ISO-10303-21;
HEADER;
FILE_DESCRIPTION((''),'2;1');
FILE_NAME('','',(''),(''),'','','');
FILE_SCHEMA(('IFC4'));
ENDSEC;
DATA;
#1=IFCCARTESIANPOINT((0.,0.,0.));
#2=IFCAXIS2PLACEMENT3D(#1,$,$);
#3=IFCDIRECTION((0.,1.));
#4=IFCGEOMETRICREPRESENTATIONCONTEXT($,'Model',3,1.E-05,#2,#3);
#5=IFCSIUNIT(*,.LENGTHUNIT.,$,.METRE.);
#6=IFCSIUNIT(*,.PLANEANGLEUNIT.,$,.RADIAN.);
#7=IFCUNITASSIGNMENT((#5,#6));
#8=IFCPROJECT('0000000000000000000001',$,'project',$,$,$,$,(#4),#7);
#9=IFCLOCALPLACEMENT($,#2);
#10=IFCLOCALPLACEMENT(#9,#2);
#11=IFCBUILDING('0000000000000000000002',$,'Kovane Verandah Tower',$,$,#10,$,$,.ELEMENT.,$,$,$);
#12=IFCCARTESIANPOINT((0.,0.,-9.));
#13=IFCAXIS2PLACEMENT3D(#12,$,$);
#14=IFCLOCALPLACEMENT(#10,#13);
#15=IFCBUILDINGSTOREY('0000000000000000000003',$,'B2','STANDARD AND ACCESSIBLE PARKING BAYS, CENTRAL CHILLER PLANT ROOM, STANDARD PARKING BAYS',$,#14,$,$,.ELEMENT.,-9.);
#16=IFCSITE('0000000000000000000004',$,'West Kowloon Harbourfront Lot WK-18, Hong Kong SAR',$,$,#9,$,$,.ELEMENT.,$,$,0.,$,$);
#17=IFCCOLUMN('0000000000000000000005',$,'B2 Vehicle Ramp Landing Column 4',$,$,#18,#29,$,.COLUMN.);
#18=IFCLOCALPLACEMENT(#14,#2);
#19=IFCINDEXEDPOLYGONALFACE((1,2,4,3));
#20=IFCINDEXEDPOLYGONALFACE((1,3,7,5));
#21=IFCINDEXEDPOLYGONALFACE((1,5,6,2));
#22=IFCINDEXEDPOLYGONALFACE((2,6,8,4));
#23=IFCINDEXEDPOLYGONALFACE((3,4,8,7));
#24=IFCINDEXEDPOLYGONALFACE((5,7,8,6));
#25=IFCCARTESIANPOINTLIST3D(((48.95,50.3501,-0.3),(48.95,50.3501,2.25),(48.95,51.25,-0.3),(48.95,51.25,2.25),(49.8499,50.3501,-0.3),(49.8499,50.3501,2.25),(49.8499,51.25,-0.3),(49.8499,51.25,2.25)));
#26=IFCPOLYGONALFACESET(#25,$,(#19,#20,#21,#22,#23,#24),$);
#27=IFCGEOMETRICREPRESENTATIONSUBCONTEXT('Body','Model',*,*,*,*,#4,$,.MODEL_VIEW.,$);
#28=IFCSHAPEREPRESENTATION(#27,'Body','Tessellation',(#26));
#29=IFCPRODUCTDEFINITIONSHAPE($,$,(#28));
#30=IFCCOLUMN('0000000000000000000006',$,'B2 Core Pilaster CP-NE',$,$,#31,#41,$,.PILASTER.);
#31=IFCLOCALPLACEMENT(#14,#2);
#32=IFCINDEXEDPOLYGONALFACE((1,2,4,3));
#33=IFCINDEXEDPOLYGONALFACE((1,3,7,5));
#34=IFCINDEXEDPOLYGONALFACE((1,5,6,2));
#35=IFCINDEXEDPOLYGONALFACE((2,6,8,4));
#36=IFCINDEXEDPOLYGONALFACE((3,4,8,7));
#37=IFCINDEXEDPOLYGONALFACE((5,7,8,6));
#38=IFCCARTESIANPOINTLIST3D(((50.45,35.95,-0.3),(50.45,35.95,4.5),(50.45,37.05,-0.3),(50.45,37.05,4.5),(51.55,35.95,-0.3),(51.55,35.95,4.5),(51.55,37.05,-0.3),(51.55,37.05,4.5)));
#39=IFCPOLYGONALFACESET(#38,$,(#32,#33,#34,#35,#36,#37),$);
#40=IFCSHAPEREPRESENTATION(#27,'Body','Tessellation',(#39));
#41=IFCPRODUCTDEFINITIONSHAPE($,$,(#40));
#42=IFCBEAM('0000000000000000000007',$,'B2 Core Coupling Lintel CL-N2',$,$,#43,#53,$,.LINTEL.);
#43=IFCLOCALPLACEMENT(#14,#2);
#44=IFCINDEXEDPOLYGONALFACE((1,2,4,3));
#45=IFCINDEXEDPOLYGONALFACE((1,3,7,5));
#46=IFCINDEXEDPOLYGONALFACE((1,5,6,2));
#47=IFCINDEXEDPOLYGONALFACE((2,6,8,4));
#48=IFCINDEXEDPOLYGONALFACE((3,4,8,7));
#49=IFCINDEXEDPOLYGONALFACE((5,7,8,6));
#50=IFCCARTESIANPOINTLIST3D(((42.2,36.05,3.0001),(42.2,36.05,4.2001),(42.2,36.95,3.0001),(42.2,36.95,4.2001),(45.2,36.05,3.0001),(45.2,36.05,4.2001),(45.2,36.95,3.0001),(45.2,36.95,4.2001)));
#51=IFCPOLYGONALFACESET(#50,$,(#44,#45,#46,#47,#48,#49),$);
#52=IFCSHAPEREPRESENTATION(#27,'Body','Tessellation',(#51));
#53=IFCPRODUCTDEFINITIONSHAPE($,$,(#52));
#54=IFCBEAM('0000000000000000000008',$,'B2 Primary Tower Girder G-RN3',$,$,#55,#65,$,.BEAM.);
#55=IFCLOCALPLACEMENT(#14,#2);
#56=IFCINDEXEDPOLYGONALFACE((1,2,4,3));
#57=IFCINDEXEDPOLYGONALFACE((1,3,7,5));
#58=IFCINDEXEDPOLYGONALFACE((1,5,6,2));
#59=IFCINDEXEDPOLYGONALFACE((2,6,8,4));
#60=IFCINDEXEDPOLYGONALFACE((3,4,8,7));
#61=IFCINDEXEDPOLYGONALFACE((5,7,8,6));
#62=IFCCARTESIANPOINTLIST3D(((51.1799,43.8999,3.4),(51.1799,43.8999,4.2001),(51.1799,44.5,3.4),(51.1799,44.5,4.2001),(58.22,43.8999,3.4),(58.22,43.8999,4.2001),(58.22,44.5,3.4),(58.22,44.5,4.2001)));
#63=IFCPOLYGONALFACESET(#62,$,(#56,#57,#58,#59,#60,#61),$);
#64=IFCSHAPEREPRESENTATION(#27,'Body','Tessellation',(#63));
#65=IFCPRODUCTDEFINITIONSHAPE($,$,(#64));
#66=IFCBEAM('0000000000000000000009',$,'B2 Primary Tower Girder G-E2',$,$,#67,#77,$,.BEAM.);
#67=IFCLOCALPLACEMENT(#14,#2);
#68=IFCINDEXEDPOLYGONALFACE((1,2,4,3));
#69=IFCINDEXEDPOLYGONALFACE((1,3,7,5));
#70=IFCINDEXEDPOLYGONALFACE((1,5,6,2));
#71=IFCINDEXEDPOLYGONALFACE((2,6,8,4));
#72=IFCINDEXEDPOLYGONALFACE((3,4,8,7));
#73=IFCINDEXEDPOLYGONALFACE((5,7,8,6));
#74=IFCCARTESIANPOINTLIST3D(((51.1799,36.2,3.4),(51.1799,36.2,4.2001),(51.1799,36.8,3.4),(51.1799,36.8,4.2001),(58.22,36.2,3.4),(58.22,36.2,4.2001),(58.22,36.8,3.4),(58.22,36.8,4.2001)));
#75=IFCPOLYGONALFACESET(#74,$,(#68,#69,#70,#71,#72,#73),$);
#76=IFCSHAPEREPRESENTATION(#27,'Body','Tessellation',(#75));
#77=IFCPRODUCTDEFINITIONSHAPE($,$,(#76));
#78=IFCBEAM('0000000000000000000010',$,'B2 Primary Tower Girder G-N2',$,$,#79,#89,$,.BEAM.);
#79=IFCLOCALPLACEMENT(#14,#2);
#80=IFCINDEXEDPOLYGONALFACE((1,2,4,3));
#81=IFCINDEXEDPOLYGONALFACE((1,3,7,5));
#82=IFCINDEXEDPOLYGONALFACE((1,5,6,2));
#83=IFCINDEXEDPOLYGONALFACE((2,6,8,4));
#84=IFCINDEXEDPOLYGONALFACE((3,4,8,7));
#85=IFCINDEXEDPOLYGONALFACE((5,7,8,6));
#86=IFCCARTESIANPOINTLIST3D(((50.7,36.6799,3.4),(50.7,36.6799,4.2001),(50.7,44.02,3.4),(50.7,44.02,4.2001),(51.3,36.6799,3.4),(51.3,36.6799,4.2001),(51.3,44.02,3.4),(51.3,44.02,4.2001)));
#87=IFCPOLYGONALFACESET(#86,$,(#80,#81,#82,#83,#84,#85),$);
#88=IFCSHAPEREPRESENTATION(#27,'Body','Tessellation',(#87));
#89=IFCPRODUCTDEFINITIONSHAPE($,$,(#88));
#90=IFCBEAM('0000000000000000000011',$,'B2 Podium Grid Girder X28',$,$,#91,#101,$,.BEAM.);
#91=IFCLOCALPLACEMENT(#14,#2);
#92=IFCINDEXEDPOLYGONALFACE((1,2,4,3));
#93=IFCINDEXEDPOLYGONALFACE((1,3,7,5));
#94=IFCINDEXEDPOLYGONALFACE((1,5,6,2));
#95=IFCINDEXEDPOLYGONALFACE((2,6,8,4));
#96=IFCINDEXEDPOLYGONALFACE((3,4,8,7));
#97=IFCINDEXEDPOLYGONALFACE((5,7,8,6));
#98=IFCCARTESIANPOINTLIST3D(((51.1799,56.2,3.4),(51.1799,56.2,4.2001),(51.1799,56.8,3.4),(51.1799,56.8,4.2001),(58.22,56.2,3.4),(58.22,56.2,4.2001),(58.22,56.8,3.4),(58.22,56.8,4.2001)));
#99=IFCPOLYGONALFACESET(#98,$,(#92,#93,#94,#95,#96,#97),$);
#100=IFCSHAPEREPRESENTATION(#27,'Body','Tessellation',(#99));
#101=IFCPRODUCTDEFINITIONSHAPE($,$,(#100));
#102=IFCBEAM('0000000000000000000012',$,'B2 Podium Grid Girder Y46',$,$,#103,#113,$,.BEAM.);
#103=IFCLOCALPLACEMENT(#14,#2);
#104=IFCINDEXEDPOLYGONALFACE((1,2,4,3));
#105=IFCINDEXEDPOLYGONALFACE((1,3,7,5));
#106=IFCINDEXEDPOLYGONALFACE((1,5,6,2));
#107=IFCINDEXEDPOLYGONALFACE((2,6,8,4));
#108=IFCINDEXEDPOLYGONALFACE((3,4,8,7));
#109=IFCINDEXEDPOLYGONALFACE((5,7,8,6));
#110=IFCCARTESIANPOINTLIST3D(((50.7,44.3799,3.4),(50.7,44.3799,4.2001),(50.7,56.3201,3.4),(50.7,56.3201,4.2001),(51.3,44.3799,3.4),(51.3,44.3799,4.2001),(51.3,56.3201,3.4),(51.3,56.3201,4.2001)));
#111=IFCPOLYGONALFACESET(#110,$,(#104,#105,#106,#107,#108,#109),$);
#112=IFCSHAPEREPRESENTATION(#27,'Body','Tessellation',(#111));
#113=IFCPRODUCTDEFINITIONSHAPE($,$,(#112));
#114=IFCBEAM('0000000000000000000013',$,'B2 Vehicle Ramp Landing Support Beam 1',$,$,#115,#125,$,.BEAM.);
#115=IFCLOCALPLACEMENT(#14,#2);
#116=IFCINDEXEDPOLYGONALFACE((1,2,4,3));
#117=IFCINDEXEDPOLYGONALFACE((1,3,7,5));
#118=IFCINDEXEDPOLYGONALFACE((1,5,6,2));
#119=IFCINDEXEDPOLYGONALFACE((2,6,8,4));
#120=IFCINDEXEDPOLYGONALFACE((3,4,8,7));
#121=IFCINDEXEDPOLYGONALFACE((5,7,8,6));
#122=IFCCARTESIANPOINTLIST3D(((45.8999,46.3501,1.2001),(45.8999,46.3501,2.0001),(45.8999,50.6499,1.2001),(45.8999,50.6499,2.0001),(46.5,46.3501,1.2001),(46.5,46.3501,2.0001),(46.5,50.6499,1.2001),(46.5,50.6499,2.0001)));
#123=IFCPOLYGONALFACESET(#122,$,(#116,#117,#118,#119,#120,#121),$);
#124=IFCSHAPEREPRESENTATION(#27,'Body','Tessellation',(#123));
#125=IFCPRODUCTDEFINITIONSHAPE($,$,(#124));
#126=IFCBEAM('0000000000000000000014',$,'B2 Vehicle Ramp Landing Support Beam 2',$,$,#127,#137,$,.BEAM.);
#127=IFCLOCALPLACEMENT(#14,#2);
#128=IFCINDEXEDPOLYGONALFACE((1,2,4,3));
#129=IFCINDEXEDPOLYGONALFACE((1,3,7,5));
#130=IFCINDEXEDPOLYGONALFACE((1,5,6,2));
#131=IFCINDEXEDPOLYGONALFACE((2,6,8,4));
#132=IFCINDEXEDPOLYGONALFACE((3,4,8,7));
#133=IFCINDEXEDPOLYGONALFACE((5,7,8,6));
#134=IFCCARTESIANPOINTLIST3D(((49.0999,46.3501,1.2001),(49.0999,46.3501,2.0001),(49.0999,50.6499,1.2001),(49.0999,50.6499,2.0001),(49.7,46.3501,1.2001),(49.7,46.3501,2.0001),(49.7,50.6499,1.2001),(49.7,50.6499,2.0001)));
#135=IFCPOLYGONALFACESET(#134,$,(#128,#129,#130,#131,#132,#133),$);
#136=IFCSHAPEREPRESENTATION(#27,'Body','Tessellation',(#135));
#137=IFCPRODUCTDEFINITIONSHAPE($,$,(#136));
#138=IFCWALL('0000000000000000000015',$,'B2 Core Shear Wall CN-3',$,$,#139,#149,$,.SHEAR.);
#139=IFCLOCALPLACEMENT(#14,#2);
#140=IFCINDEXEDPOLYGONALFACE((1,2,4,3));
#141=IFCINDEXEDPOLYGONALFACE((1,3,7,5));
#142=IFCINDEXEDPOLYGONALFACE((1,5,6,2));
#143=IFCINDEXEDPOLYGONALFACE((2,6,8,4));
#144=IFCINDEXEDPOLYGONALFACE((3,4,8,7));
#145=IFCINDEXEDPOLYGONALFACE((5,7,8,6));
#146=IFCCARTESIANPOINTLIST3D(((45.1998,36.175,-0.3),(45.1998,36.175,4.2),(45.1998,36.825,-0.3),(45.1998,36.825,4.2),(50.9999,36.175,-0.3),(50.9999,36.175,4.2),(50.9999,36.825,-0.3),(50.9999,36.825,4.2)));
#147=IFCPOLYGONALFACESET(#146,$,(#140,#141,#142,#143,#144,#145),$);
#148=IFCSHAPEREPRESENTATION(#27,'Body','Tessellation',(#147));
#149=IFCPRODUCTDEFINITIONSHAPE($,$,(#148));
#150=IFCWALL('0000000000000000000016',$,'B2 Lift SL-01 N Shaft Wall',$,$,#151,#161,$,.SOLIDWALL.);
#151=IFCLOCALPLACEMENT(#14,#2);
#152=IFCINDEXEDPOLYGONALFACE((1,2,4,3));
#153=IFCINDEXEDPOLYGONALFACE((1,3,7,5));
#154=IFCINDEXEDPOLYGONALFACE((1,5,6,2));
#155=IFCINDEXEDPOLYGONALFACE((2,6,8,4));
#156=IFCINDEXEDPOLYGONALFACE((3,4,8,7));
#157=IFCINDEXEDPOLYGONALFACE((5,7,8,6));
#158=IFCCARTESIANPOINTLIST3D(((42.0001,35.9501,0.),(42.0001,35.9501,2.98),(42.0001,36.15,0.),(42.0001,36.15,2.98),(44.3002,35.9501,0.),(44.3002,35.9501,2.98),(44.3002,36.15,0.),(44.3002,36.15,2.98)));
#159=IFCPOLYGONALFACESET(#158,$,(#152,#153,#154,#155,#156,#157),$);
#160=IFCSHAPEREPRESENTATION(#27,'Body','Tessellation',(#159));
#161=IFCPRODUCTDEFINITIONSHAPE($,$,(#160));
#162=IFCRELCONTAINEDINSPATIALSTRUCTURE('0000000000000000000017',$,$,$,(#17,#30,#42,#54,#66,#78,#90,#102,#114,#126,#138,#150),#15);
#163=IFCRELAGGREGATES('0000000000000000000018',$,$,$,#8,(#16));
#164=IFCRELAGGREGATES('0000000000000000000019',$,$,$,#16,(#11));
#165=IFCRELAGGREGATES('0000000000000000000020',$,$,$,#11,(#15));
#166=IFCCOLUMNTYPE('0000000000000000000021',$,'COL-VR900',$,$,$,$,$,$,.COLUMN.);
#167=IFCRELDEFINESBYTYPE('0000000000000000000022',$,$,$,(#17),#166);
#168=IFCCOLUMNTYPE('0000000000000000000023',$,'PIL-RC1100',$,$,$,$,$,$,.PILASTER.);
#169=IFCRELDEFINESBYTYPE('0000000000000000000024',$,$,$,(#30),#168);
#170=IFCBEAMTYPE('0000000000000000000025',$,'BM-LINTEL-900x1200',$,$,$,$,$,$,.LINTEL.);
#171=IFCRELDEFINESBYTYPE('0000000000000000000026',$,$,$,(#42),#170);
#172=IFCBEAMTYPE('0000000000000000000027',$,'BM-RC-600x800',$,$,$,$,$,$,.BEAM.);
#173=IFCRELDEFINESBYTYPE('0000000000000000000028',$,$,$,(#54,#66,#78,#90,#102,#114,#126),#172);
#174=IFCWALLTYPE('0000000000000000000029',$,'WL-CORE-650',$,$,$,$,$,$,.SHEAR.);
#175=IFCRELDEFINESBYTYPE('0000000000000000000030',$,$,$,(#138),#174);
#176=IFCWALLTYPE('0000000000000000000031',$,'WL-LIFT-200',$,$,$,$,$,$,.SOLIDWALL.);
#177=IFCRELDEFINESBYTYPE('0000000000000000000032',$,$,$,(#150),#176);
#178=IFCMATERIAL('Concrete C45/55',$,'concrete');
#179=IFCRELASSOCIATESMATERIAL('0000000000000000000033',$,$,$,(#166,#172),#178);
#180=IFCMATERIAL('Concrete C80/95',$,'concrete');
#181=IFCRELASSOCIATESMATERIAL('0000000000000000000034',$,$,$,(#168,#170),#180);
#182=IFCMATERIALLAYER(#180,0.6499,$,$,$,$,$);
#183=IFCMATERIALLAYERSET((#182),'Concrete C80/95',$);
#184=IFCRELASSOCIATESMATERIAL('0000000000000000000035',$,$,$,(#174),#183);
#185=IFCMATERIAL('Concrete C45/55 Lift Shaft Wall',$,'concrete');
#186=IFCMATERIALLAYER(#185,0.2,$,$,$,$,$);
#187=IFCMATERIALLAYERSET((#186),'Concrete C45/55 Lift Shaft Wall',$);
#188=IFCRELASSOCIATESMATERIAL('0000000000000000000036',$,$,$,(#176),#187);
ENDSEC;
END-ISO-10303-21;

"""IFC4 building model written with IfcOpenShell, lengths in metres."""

from ifc_helpers import new_model, si_unit, direction, frame, frame_2d, origin, origin_2d, place, context, subcontext, project, spatial, rectangle, extrude, material, layer, layer_set, material_profile, profile_set, type_object, element, save


model = new_model("IFC4")

# Units and contexts
model_context = context("Model", 3, precision=1e-05, world=origin(), true_north=direction((0.0, 1.0)))
body_context = subcontext(model_context, "Body", "Model", "MODEL_VIEW")
ifc_project = project(units=[si_unit("LENGTHUNIT", "METRE"), si_unit("PLANEANGLEUNIT", "RADIAN")], contexts=[model_context])

# Site, building, storey
site_placement = place(None, origin())
site = spatial("IfcSite", under=ifc_project, at=site_placement, Name="West Kowloon Harbourfront Lot WK-18, Hong Kong SAR", CompositionType="ELEMENT", RefElevation=0.0)
building_placement = place(site_placement, origin())
building = spatial("IfcBuilding", under=site, at=building_placement, Name="Kovane Verandah Tower", CompositionType="ELEMENT")
storey_placement = place(building_placement, frame((0.0, 0.0, -9.0)))
storey = spatial("IfcBuildingStorey", under=building, at=storey_placement, Name="B2", Description="STANDARD AND ACCESSIBLE PARKING BAYS, CENTRAL CHILLER PLANT ROOM, STANDARD PARKING BAYS", CompositionType="ELEMENT", Elevation=-9.0)

# Columns
ifc_material_1 = material(Name="Concrete C80/95", Category="concrete")
ifc_material_2 = material(Name="Concrete C45/55", Category="concrete")
ifc_material_profile_1 = material_profile(ifc_material_2, rectangle(XDim=0.8999, YDim=0.8999, at=origin_2d()), Name="RC900x900")
ifc_profile_set_1 = profile_set([ifc_material_profile_1], Name="Concrete C45/55")
column_type_1 = type_object("IfcColumnType", Name="COL-VR900", PredefinedType="COLUMN", material=ifc_profile_set_1)
for number, where, z_axis, x_axis, name in (
    (1, (49.3999, 50.8, -0.3), (0.0, 0.0, 1.0), (1.0, 0.0, 0.0), "B2 Vehicle Ramp Landing Column 4"),
):
    element("IfcColumn", number, at=place(storey_placement, frame(where, z_axis=z_axis, x_axis=x_axis)), inside=storey, type_object=column_type_1, Name=name, PredefinedType="COLUMN", context=body_context, shape_type="SweptSolid", body=[
        extrude(rectangle(XDim=0.8999, YDim=0.8999, at=origin_2d()), origin(), (0.0, 0.0, 1.0), 2.55),
    ])
ifc_material_profile_2 = material_profile(ifc_material_1, rectangle(XDim=1.1001, YDim=1.1001, at=origin_2d()), Name="RC1100x1100")
ifc_profile_set_2 = profile_set([ifc_material_profile_2], Name="Concrete C80/95")
column_type_2 = type_object("IfcColumnType", Name="PIL-RC1100", PredefinedType="PILASTER", material=ifc_profile_set_2)
column_1_placement = place(storey_placement, frame((51.0, 36.5, -0.3), z_axis=(0.0, 0.0, 1.0), x_axis=(1.0, 0.0, 0.0)))
element("IfcColumn", 2, at=column_1_placement, inside=storey, type_object=column_type_2, Name="B2 Core Pilaster CP-NE", PredefinedType="PILASTER", context=body_context, shape_type="SweptSolid", body=[
    extrude(rectangle(XDim=1.1001, YDim=1.1001, at=origin_2d()), origin(), (0.0, 0.0, 1.0), 4.8),
])

# Beams
ifc_material_profile_3 = material_profile(ifc_material_1, rectangle(XDim=0.8999, YDim=1.2, at=origin_2d()), Name="RCB900x1200")
ifc_profile_set_3 = profile_set([ifc_material_profile_3], Name="Concrete C80/95")
beam_type_1 = type_object("IfcBeamType", Name="BM-LINTEL-900x1200", PredefinedType="LINTEL", material=ifc_profile_set_3)
beam_1_placement = place(storey_placement, frame((42.2, 36.5, 3.6001), z_axis=(1.0, 0.0, 0.0), x_axis=(0.0, 1.0, 0.0)))
element("IfcBeam", 3, at=beam_1_placement, inside=storey, type_object=beam_type_1, Name="B2 Core Coupling Lintel CL-N2", PredefinedType="LINTEL", context=body_context, shape_type="SweptSolid", body=[
    extrude(rectangle(XDim=0.8999, YDim=1.2, at=origin_2d()), origin(), (0.0, 0.0, 1.0), 3.0),
])
ifc_material_profile_4 = material_profile(ifc_material_2, rectangle(XDim=0.6001, YDim=0.8, at=origin_2d()), Name="RCB600x800")
ifc_profile_set_4 = profile_set([ifc_material_profile_4], Name="Concrete C45/55")
beam_type_2 = type_object("IfcBeamType", Name="BM-RC-600x800", PredefinedType="BEAM", material=ifc_profile_set_4)
for number, where, z_axis, x_axis, name in (
    (4, (51.1799, 44.2, 3.8), (1.0, 0.0, 0.0), (0.0, 1.0, 0.0), "B2 Primary Tower Girder G-RN3"),
    (5, (51.1799, 36.5, 3.8), (1.0, 0.0, 0.0), (0.0, 1.0, 0.0), "B2 Primary Tower Girder G-E2"),
):
    element("IfcBeam", number, at=place(storey_placement, frame(where, z_axis=z_axis, x_axis=x_axis)), inside=storey, type_object=beam_type_2, Name=name, PredefinedType="BEAM", context=body_context, shape_type="SweptSolid", body=[
        extrude(rectangle(XDim=0.6001, YDim=0.8, at=origin_2d()), origin(), (0.0, 0.0, 1.0), 7.04),
    ])
beam_2_placement = place(storey_placement, frame((51.0, 36.6799, 3.8), z_axis=(0.0, 1.0, 0.0), x_axis=(-1.0, 0.0, 0.0)))
element("IfcBeam", 6, at=beam_2_placement, inside=storey, type_object=beam_type_2, Name="B2 Primary Tower Girder G-N2", PredefinedType="BEAM", context=body_context, shape_type="SweptSolid", body=[
    extrude(rectangle(XDim=0.6001, YDim=0.8, at=origin_2d()), origin(), (0.0, 0.0, 1.0), 7.3401),
])
beam_3_placement = place(storey_placement, frame((51.1799, 56.5, 3.8), z_axis=(1.0, 0.0, 0.0), x_axis=(0.0, 1.0, 0.0)))
element("IfcBeam", 7, at=beam_3_placement, inside=storey, type_object=beam_type_2, Name="B2 Podium Grid Girder X28", PredefinedType="BEAM", context=body_context, shape_type="SweptSolid", body=[
    extrude(rectangle(XDim=0.6001, YDim=0.8, at=origin_2d()), origin(), (0.0, 0.0, 1.0), 7.04),
])
beam_4_placement = place(storey_placement, frame((51.0, 44.3799, 3.8), z_axis=(0.0, 1.0, 0.0), x_axis=(-1.0, 0.0, 0.0)))
element("IfcBeam", 8, at=beam_4_placement, inside=storey, type_object=beam_type_2, Name="B2 Podium Grid Girder Y46", PredefinedType="BEAM", context=body_context, shape_type="SweptSolid", body=[
    extrude(rectangle(XDim=0.6001, YDim=0.8, at=origin_2d()), origin(), (0.0, 0.0, 1.0), 11.9402),
])
for number, where, z_axis, x_axis, name in (
    (9, (46.2, 46.3501, 1.6001), (0.0, 1.0, 0.0), (-1.0, 0.0, 0.0), "B2 Vehicle Ramp Landing Support Beam 1"),
    (10, (49.3999, 46.3501, 1.6001), (0.0, 1.0, 0.0), (-1.0, 0.0, 0.0), "B2 Vehicle Ramp Landing Support Beam 2"),
):
    element("IfcBeam", number, at=place(storey_placement, frame(where, z_axis=z_axis, x_axis=x_axis)), inside=storey, type_object=beam_type_2, Name=name, PredefinedType="BEAM", context=body_context, shape_type="SweptSolid", body=[
        extrude(rectangle(XDim=0.6001, YDim=0.8, at=origin_2d()), origin(), (0.0, 0.0, 1.0), 4.2998),
    ])

# Walls
ifc_layer_1 = layer(ifc_material_1, 0.6499)
ifc_layer_set_1 = layer_set([ifc_layer_1], Name="Concrete C80/95")
wall_type_1 = type_object("IfcWallType", Name="WL-CORE-650", PredefinedType="SHEAR", material=ifc_layer_set_1)
wall_1_placement = place(storey_placement, frame((45.2, 36.5, -0.3), z_axis=(0.0, 0.0, 1.0), x_axis=(1.0, 0.0, 0.0)))
element("IfcWall", 11, at=wall_1_placement, inside=storey, type_object=wall_type_1, Name="B2 Core Shear Wall CN-3", PredefinedType="SHEAR", context=body_context, shape_type="SweptSolid", body=[
    extrude(rectangle(XDim=5.8, YDim=0.6499, at=frame_2d((2.8999, 0.0))), origin(), (0.0, 0.0, 1.0), 4.5),
])
ifc_material_3 = material(Name="Concrete C45/55 Lift Shaft Wall", Category="concrete")
ifc_layer_2 = layer(ifc_material_3, 0.2)
ifc_layer_set_2 = layer_set([ifc_layer_2], Name="Concrete C45/55 Lift Shaft Wall")
wall_type_2 = type_object("IfcWallType", Name="WL-LIFT-200", PredefinedType="SOLIDWALL", material=ifc_layer_set_2)
wall_2_placement = place(storey_placement, frame((44.3, 36.05, 0.0), z_axis=(0.0, 0.0, 1.0), x_axis=(-1.0, 0.0, 0.0)))
element("IfcWall", 12, at=wall_2_placement, inside=storey, type_object=wall_type_2, Name="B2 Lift SL-01 N Shaft Wall", PredefinedType="SOLIDWALL", context=body_context, shape_type="SweptSolid", body=[
    extrude(rectangle(XDim=2.3, YDim=0.2, at=frame_2d((1.1499, 0.0))), origin(), (0.0, 0.0, 1.0), 2.98),
])

save(model, "model.ifc")
